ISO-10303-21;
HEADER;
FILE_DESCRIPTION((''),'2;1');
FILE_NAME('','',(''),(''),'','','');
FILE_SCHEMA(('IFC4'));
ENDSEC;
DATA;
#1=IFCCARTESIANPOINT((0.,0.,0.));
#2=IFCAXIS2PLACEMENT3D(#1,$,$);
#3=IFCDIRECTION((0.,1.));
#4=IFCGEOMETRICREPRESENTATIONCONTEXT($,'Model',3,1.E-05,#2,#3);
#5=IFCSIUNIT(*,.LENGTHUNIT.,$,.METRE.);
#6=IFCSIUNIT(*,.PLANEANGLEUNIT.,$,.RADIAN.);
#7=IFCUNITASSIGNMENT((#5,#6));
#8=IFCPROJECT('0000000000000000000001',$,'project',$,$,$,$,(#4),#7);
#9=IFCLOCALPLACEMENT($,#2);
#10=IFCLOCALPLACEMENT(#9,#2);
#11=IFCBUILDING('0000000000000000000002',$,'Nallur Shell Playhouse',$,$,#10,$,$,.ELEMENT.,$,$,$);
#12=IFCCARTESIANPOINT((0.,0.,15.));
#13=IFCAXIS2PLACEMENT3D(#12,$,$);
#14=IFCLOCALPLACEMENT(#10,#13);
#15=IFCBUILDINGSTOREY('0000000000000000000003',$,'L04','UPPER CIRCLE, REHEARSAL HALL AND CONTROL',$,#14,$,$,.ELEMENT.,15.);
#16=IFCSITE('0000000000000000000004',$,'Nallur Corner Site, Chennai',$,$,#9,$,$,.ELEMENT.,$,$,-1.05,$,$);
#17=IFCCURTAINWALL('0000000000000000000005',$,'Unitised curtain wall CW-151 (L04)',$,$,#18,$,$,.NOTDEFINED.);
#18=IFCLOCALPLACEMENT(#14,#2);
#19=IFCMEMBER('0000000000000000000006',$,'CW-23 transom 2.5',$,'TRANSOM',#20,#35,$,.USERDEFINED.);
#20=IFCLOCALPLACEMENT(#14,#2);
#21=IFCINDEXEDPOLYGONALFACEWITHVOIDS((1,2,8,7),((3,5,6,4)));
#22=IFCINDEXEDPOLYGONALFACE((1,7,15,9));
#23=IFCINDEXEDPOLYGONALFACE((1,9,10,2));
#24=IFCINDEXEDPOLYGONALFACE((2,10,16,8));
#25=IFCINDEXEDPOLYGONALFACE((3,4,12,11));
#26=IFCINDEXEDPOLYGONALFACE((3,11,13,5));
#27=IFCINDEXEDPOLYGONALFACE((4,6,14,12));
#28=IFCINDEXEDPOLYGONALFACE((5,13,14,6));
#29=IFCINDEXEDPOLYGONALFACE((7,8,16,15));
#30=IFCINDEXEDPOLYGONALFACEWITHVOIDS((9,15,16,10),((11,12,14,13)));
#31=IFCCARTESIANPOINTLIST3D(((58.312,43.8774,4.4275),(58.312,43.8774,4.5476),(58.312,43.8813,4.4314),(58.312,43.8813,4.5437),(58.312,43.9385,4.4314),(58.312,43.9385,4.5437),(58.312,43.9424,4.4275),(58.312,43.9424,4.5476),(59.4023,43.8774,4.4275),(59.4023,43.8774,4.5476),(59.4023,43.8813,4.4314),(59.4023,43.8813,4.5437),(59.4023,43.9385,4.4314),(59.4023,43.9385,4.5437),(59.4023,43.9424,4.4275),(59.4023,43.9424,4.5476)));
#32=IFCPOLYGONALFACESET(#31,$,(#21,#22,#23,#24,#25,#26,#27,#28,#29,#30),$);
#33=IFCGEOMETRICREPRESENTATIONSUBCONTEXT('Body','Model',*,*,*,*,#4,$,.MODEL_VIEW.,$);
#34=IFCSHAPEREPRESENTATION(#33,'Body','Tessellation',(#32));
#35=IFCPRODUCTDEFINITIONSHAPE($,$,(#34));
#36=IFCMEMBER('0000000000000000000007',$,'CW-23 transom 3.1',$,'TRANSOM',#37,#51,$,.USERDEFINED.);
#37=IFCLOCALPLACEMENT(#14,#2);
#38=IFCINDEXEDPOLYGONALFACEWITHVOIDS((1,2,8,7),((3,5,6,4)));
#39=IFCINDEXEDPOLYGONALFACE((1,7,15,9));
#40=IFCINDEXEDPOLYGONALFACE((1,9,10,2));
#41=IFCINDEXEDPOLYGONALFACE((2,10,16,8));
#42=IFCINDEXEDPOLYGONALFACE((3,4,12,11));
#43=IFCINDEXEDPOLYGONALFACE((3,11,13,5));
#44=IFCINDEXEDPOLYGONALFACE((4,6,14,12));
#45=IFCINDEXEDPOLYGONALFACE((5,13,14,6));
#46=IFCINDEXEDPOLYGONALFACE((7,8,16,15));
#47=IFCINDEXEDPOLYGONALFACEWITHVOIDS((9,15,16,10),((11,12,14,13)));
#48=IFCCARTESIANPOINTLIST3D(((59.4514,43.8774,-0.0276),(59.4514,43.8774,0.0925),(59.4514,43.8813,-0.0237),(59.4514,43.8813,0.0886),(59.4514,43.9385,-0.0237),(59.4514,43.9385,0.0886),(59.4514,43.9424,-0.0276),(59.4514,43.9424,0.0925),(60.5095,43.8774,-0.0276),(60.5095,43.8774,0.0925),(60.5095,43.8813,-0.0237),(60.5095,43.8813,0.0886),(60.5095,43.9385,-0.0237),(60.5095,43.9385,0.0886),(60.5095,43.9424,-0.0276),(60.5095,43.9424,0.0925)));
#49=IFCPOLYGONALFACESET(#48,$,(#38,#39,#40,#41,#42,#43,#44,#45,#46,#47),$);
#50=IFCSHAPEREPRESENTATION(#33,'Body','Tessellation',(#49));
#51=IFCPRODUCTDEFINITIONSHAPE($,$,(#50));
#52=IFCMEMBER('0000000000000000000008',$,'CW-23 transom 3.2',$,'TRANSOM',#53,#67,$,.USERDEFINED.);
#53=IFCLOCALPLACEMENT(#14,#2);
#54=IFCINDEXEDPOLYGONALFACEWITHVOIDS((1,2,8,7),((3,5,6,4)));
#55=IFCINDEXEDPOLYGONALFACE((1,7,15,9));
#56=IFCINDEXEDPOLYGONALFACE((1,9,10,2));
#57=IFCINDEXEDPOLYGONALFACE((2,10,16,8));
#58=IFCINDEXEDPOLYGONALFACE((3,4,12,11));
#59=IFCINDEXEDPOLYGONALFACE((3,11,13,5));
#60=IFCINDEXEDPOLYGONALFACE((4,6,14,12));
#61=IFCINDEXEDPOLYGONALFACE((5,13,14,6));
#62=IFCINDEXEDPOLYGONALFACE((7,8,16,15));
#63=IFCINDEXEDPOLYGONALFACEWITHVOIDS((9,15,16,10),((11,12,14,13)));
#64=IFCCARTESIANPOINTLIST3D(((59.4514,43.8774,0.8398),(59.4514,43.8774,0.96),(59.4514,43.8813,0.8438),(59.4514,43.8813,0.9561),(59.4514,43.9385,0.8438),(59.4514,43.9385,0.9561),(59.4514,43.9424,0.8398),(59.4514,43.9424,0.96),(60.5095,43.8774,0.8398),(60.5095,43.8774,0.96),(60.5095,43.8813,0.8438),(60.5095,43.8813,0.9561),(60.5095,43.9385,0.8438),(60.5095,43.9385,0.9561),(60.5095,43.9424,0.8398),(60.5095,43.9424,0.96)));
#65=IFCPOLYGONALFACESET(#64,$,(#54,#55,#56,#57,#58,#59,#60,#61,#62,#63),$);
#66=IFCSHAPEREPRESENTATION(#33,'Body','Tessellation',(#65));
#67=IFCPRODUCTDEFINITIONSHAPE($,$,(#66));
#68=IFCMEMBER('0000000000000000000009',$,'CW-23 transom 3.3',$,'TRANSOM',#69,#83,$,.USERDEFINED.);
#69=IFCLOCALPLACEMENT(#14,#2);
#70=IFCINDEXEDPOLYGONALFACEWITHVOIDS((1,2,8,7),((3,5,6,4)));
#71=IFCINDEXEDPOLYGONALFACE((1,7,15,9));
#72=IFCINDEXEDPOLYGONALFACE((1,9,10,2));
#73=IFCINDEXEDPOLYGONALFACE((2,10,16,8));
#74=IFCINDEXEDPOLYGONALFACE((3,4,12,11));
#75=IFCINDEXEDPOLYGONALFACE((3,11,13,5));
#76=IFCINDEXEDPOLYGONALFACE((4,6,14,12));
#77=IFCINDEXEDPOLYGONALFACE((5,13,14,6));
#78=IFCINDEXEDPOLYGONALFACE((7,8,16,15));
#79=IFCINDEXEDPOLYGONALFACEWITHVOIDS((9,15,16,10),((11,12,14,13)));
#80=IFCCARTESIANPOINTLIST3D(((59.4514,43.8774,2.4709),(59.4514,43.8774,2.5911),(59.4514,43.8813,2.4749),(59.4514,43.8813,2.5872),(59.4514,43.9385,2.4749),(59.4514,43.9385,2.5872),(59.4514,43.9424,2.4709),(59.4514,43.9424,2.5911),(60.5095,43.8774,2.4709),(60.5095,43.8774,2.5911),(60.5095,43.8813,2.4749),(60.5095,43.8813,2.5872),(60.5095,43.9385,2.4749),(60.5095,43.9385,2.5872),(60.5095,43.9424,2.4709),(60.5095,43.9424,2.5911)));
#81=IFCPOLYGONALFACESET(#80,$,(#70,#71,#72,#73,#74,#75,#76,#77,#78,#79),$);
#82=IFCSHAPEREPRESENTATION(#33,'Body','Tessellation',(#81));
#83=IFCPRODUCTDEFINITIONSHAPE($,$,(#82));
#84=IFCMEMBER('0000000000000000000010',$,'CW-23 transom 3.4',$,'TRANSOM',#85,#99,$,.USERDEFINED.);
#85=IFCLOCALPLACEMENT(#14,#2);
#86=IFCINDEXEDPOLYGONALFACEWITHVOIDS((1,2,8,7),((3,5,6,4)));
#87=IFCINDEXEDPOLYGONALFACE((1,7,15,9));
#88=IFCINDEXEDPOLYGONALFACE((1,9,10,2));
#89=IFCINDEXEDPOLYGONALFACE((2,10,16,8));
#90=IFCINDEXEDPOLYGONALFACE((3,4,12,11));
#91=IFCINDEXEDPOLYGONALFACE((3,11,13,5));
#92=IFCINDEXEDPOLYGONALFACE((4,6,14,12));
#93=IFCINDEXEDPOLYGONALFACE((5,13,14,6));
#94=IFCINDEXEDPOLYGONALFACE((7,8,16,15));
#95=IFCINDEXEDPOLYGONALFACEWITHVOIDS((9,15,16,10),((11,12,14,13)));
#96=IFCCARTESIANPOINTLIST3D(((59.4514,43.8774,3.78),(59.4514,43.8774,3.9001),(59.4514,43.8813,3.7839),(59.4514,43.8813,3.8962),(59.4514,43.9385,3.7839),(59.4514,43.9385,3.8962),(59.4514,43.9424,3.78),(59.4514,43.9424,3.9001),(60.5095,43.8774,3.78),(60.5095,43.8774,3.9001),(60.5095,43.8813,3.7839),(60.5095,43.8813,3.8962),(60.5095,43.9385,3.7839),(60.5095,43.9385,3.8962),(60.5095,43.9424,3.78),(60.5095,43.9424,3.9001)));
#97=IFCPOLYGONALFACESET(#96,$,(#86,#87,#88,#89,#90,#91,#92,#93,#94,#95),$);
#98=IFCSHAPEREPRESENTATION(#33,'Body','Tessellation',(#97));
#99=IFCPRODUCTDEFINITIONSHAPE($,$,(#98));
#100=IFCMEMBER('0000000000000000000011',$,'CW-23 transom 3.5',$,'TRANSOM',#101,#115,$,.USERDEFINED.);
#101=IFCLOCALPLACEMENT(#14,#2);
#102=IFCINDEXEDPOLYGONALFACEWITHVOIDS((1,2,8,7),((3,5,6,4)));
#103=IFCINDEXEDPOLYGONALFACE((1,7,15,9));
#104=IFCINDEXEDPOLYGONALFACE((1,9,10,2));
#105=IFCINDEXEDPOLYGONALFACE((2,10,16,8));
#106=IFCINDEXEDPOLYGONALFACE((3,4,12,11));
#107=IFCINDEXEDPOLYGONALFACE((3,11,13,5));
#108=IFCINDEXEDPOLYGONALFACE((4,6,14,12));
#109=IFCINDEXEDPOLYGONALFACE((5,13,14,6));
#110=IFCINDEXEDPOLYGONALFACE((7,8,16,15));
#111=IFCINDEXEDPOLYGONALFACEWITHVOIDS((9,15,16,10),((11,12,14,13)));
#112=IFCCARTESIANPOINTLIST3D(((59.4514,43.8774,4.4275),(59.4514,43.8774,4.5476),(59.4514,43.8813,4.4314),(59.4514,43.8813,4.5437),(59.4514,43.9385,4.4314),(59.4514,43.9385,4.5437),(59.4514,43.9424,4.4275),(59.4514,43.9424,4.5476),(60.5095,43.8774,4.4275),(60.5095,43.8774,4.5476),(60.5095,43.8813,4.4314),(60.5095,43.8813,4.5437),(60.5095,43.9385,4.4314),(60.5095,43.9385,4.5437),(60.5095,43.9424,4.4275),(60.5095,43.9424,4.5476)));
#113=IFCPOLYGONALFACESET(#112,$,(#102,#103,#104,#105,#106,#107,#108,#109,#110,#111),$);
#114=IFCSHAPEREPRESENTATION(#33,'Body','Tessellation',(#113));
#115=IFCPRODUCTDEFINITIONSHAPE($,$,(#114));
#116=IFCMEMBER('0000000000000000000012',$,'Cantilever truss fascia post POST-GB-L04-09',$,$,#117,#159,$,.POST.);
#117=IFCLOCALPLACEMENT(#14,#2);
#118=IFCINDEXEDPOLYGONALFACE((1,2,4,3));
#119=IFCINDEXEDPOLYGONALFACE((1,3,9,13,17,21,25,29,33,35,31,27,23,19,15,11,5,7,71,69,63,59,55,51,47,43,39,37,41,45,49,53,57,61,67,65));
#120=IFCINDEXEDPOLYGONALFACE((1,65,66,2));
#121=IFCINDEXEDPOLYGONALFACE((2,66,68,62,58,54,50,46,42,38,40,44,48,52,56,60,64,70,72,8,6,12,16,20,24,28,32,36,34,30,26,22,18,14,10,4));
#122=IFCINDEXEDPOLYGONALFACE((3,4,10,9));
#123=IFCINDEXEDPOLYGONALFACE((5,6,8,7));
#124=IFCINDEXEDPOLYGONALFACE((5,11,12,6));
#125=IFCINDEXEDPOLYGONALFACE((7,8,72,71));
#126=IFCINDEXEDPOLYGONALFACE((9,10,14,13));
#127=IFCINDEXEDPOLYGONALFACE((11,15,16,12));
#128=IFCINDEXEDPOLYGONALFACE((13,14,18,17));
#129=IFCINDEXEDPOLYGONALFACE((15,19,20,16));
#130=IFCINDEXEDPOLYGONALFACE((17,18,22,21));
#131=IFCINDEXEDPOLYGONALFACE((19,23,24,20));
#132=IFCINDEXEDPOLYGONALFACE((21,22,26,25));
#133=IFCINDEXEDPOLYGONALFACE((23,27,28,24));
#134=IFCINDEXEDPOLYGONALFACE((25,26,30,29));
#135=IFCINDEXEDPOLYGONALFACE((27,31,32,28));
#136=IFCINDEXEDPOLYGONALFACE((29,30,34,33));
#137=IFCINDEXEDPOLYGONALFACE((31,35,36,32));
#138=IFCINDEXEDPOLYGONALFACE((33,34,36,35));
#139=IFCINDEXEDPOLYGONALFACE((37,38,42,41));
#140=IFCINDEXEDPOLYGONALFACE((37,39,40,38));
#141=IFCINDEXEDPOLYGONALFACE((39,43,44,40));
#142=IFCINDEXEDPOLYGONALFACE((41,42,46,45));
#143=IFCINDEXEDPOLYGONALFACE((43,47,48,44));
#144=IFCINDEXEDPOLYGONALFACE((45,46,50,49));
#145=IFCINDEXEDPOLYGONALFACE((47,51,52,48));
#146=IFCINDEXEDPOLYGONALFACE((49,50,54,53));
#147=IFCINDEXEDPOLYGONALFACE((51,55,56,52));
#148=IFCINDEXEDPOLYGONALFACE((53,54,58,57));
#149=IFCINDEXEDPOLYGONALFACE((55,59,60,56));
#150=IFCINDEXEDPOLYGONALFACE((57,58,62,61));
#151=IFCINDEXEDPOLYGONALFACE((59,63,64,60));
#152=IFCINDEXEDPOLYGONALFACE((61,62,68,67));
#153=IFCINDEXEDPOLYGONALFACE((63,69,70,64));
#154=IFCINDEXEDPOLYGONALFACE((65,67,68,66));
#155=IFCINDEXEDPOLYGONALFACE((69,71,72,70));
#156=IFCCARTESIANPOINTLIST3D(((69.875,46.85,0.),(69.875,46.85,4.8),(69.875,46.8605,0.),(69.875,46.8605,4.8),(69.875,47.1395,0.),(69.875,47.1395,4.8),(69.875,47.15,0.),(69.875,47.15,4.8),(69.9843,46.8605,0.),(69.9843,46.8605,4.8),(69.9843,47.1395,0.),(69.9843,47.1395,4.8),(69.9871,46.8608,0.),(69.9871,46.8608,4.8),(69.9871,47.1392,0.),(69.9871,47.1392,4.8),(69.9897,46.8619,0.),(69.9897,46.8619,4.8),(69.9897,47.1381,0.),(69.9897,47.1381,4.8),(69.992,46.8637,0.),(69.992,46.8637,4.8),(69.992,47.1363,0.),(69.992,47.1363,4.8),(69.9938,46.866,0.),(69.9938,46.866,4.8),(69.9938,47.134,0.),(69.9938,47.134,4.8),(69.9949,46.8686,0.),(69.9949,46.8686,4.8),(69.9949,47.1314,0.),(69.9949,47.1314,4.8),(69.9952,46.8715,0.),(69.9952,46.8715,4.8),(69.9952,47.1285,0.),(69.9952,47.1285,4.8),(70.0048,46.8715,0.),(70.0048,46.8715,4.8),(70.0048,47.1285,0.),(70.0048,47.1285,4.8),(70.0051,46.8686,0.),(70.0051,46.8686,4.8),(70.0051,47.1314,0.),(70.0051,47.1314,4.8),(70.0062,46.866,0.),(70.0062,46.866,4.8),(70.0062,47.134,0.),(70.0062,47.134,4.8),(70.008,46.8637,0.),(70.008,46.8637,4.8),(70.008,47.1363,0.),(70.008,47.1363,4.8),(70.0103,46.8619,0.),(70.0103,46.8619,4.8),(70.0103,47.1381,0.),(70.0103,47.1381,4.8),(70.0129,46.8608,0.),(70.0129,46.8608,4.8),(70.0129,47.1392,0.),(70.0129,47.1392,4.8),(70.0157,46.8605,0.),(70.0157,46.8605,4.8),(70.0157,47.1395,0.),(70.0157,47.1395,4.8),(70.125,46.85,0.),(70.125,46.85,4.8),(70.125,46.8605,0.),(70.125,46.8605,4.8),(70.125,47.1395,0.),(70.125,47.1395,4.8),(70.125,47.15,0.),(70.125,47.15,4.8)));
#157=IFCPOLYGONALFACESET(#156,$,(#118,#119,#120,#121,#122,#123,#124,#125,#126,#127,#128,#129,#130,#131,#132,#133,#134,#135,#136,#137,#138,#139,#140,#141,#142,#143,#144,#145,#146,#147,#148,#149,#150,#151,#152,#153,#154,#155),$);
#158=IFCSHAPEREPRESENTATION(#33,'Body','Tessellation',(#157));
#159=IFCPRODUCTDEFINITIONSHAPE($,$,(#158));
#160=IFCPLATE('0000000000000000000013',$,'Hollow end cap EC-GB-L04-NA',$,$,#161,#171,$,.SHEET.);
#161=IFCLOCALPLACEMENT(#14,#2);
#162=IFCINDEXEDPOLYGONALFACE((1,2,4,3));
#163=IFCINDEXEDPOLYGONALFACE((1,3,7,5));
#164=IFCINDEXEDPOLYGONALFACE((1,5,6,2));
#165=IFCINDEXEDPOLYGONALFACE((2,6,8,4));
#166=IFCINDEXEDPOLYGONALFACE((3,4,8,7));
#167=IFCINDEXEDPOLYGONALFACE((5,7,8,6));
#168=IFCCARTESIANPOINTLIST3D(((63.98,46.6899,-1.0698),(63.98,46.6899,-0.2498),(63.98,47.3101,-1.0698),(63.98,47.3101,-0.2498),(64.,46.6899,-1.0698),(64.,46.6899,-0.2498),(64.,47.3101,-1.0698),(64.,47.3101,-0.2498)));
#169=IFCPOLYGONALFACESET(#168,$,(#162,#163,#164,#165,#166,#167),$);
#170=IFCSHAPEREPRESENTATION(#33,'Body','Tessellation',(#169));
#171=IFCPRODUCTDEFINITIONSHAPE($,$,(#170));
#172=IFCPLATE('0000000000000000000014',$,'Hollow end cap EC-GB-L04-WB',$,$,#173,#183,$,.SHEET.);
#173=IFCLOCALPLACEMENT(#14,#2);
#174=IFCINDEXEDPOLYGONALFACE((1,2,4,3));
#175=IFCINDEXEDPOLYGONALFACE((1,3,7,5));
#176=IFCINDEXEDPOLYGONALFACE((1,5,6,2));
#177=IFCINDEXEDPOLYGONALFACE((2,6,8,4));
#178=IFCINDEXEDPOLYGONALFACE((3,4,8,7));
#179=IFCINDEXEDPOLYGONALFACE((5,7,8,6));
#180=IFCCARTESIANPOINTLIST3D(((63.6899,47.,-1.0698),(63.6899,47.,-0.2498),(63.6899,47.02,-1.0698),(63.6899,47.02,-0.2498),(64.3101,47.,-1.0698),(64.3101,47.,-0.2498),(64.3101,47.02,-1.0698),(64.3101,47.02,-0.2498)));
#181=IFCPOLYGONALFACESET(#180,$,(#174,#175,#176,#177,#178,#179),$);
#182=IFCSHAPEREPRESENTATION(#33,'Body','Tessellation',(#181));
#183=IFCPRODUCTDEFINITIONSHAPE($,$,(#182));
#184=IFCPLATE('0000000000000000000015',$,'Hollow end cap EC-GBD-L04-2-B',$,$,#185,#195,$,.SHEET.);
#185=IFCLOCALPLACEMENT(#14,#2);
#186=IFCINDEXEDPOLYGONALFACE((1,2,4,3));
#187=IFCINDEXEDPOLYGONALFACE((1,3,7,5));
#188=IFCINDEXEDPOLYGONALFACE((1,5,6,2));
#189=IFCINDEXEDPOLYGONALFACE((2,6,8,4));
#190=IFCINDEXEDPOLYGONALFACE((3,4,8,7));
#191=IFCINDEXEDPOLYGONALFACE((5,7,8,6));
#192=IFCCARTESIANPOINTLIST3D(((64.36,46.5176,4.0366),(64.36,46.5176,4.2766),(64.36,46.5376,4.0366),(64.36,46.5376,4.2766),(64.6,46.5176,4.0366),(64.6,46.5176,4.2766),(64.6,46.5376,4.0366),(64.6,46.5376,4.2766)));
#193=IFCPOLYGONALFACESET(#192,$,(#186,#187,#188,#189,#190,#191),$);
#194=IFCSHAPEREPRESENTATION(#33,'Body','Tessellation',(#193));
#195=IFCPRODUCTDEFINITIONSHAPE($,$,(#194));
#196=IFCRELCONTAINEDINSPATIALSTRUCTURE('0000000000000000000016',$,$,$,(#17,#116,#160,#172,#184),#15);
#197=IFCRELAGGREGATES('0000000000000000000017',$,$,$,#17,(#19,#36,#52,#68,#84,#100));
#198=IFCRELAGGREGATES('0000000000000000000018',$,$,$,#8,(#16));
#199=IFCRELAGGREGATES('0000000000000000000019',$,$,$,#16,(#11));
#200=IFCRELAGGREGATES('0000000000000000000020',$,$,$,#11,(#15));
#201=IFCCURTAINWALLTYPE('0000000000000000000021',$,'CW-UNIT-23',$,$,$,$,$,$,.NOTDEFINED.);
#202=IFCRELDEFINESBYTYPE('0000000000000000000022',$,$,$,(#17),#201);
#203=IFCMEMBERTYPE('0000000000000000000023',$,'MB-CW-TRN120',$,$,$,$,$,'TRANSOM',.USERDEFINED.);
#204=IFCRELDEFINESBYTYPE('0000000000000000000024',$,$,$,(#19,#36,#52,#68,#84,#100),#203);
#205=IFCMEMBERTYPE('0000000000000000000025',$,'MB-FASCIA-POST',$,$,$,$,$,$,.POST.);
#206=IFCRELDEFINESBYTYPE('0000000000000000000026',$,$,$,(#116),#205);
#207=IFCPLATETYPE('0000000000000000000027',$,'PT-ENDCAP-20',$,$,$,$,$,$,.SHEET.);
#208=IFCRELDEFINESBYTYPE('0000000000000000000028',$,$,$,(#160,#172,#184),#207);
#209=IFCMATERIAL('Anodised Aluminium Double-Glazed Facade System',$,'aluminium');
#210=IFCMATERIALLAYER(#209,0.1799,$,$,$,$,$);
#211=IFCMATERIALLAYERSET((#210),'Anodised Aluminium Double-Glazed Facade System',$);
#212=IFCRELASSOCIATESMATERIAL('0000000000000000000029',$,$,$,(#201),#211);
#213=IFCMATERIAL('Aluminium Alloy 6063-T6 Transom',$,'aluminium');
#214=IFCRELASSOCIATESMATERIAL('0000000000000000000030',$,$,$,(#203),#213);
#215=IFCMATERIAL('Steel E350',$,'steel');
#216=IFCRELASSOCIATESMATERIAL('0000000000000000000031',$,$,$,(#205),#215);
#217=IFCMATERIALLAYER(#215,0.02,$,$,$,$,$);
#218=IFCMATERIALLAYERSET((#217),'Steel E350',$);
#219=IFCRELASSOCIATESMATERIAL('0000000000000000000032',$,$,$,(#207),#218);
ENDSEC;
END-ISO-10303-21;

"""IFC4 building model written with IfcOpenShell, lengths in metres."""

from ifc_helpers import new_model, si_unit, direction, frame, origin, origin_2d, place, context, subcontext, project, spatial, rectangle, hollow_rectangle, i_section, extrude, material, layer, layer_set, material_profile, profile_set, type_object, element, aggregate, save


model = new_model("IFC4")

# Units and contexts
model_context = context("Model", 3, precision=1e-05, world=origin(), true_north=direction((0.0, 1.0)))
body_context = subcontext(model_context, "Body", "Model", "MODEL_VIEW")
ifc_project = project(units=[si_unit("LENGTHUNIT", "METRE"), si_unit("PLANEANGLEUNIT", "RADIAN")], contexts=[model_context])

# Site, building, storey
site_placement = place(None, origin())
site = spatial("IfcSite", under=ifc_project, at=site_placement, Name="Nallur Corner Site, Chennai", CompositionType="ELEMENT", RefElevation=-1.05)
building_placement = place(site_placement, origin())
building = spatial("IfcBuilding", under=site, at=building_placement, Name="Nallur Shell Playhouse", CompositionType="ELEMENT")
storey_placement = place(building_placement, frame((0.0, 0.0, 15.0)))
storey = spatial("IfcBuildingStorey", under=building, at=storey_placement, Name="L04", Description="UPPER CIRCLE, REHEARSAL HALL AND CONTROL", CompositionType="ELEMENT", Elevation=15.0)

# Shared definitions
ifc_material_1 = material(Name="Steel E350", Category="steel")

# Curtain wall, members
ifc_material_2 = material(Name="Anodised Aluminium Double-Glazed Facade System", Category="aluminium")
ifc_layer_1 = layer(ifc_material_2, 0.1799)
ifc_layer_set_1 = layer_set([ifc_layer_1], Name="Anodised Aluminium Double-Glazed Facade System")
curtain_wall_type = type_object("IfcCurtainWallType", Name="CW-UNIT-23", PredefinedType="NOTDEFINED", material=ifc_layer_set_1)
curtain_wall_placement = place(storey_placement, origin())
curtain_wall = element("IfcCurtainWall", 1, at=curtain_wall_placement, inside=storey, type_object=curtain_wall_type, Name="Unitised curtain wall CW-151 (L04)", PredefinedType="NOTDEFINED")
ifc_material_3 = material(Name="Aluminium Alloy 6063-T6 Transom", Category="aluminium")
ifc_material_profile_1 = material_profile(ifc_material_3, hollow_rectangle(XDim=0.0649, YDim=0.1201, WallThickness=0.0039, at=origin_2d()), Name="ALU 65x120x4")
ifc_profile_set_1 = profile_set([ifc_material_profile_1], Name="Aluminium Alloy 6063-T6 Transom")
member_type_1 = type_object("IfcMemberType", Name="MB-CW-TRN120", ElementType="TRANSOM", PredefinedType="USERDEFINED", material=ifc_profile_set_1)
member_1_placement = place(storey_placement, frame((58.312, 43.9099, 4.4875), z_axis=(1.0, 0.0, 0.0), x_axis=(0.0, 1.0, 0.0)))
member_1 = element("IfcMember", 2, at=member_1_placement, type_object=member_type_1, Name="CW-23 transom 2.5", ObjectType="TRANSOM", PredefinedType="USERDEFINED", context=body_context, shape_type="SweptSolid", body=[
    extrude(hollow_rectangle(XDim=0.0649, YDim=0.1201, WallThickness=0.0039, at=origin_2d()), origin(), (0.0, 0.0, 1.0), 1.0903),
])
member_2_placement = place(storey_placement, frame((59.4514, 43.9099, 0.0325), z_axis=(1.0, 0.0, 0.0), x_axis=(0.0, 1.0, 0.0)))
member_2 = element("IfcMember", 3, at=member_2_placement, type_object=member_type_1, Name="CW-23 transom 3.1", ObjectType="TRANSOM", PredefinedType="USERDEFINED", context=body_context, shape_type="SweptSolid", body=[
    extrude(hollow_rectangle(XDim=0.0649, YDim=0.1201, WallThickness=0.0039, at=origin_2d()), origin(), (0.0, 0.0, 1.0), 1.0581),
])
member_3_placement = place(storey_placement, frame((59.4514, 43.9099, 0.8999), z_axis=(1.0, 0.0, 0.0), x_axis=(0.0, 1.0, 0.0)))
member_3 = element("IfcMember", 4, at=member_3_placement, type_object=member_type_1, Name="CW-23 transom 3.2", ObjectType="TRANSOM", PredefinedType="USERDEFINED", context=body_context, shape_type="SweptSolid", body=[
    extrude(hollow_rectangle(XDim=0.0649, YDim=0.1201, WallThickness=0.0039, at=origin_2d()), origin(), (0.0, 0.0, 1.0), 1.0581),
])
member_4_placement = place(storey_placement, frame((59.4514, 43.9099, 2.531), z_axis=(1.0, 0.0, 0.0), x_axis=(0.0, 1.0, 0.0)))
member_4 = element("IfcMember", 5, at=member_4_placement, type_object=member_type_1, Name="CW-23 transom 3.3", ObjectType="TRANSOM", PredefinedType="USERDEFINED", context=body_context, shape_type="SweptSolid", body=[
    extrude(hollow_rectangle(XDim=0.0649, YDim=0.1201, WallThickness=0.0039, at=origin_2d()), origin(), (0.0, 0.0, 1.0), 1.0581),
])
member_5_placement = place(storey_placement, frame((59.4514, 43.9099, 3.8401), z_axis=(1.0, 0.0, 0.0), x_axis=(0.0, 1.0, 0.0)))
member_5 = element("IfcMember", 6, at=member_5_placement, type_object=member_type_1, Name="CW-23 transom 3.4", ObjectType="TRANSOM", PredefinedType="USERDEFINED", context=body_context, shape_type="SweptSolid", body=[
    extrude(hollow_rectangle(XDim=0.0649, YDim=0.1201, WallThickness=0.0039, at=origin_2d()), origin(), (0.0, 0.0, 1.0), 1.0581),
])
member_6_placement = place(storey_placement, frame((59.4514, 43.9099, 4.4875), z_axis=(1.0, 0.0, 0.0), x_axis=(0.0, 1.0, 0.0)))
member_6 = element("IfcMember", 7, at=member_6_placement, type_object=member_type_1, Name="CW-23 transom 3.5", ObjectType="TRANSOM", PredefinedType="USERDEFINED", context=body_context, shape_type="SweptSolid", body=[
    extrude(hollow_rectangle(XDim=0.0649, YDim=0.1201, WallThickness=0.0039, at=origin_2d()), origin(), (0.0, 0.0, 1.0), 1.0581),
])

# Member
ifc_material_profile_2 = material_profile(ifc_material_1, i_section(OverallWidth=0.25, OverallDepth=0.3, WebThickness=0.0095, FlangeThickness=0.0105, FilletRadius=0.011, at=origin_2d()), Name="ISHB 300")
ifc_profile_set_2 = profile_set([ifc_material_profile_2], Name="Steel E350")
member_type_2 = type_object("IfcMemberType", Name="MB-FASCIA-POST", PredefinedType="POST", material=ifc_profile_set_2)
member_7_placement = place(storey_placement, frame((70.0, 47.0, 0.0), z_axis=(0.0, 0.0, 1.0), x_axis=(1.0, 0.0, 0.0)))
element("IfcMember", 8, at=member_7_placement, inside=storey, type_object=member_type_2, Name="Cantilever truss fascia post POST-GB-L04-09", PredefinedType="POST", context=body_context, shape_type="SweptSolid", body=[
    extrude(i_section(OverallWidth=0.25, OverallDepth=0.3, WebThickness=0.0095, FlangeThickness=0.0105, FilletRadius=0.011, at=origin_2d()), origin(), (0.0, 0.0, 1.0), 4.8),
])

# Plates
ifc_layer_2 = layer(ifc_material_1, 0.02)
ifc_layer_set_2 = layer_set([ifc_layer_2], Name="Steel E350")
plate_type_1 = type_object("IfcPlateType", Name="PT-ENDCAP-20", PredefinedType="SHEET", material=ifc_layer_set_2)
plate_1_placement = place(storey_placement, frame((63.99, 47.0, -1.0698), z_axis=(0.0, 0.0, 1.0), x_axis=(1.0, 0.0, 0.0)))
element("IfcPlate", 9, at=plate_1_placement, inside=storey, type_object=plate_type_1, Name="Hollow end cap EC-GB-L04-NA", PredefinedType="SHEET", context=body_context, shape_type="SweptSolid", body=[
    extrude(rectangle(XDim=0.02, YDim=0.6201, at=origin_2d()), origin(), (0.0, 0.0, 1.0), 0.8201),
])
plate_2_placement = place(storey_placement, frame((64.0, 47.01, -1.0698), z_axis=(0.0, 0.0, 1.0), x_axis=(1.0, 0.0, 0.0)))
element("IfcPlate", 10, at=plate_2_placement, inside=storey, type_object=plate_type_1, Name="Hollow end cap EC-GB-L04-WB", PredefinedType="SHEET", context=body_context, shape_type="SweptSolid", body=[
    extrude(rectangle(XDim=0.6201, YDim=0.02, at=origin_2d()), origin(), (0.0, 0.0, 1.0), 0.8201),
])
plate_3_placement = place(storey_placement, frame((64.48, 46.5276, 4.0366), z_axis=(0.0, 0.0, 1.0), x_axis=(1.0, 0.0, 0.0)))
element("IfcPlate", 11, at=plate_3_placement, inside=storey, type_object=plate_type_1, Name="Hollow end cap EC-GBD-L04-2-B", PredefinedType="SHEET", context=body_context, shape_type="SweptSolid", body=[
    extrude(rectangle(XDim=0.24, YDim=0.02, at=origin_2d()), origin(), (0.0, 0.0, 1.0), 0.24),
])

aggregate(curtain_wall, [member_1, member_2, member_3, member_4, member_5, member_6])

save(model, "model.ifc")
